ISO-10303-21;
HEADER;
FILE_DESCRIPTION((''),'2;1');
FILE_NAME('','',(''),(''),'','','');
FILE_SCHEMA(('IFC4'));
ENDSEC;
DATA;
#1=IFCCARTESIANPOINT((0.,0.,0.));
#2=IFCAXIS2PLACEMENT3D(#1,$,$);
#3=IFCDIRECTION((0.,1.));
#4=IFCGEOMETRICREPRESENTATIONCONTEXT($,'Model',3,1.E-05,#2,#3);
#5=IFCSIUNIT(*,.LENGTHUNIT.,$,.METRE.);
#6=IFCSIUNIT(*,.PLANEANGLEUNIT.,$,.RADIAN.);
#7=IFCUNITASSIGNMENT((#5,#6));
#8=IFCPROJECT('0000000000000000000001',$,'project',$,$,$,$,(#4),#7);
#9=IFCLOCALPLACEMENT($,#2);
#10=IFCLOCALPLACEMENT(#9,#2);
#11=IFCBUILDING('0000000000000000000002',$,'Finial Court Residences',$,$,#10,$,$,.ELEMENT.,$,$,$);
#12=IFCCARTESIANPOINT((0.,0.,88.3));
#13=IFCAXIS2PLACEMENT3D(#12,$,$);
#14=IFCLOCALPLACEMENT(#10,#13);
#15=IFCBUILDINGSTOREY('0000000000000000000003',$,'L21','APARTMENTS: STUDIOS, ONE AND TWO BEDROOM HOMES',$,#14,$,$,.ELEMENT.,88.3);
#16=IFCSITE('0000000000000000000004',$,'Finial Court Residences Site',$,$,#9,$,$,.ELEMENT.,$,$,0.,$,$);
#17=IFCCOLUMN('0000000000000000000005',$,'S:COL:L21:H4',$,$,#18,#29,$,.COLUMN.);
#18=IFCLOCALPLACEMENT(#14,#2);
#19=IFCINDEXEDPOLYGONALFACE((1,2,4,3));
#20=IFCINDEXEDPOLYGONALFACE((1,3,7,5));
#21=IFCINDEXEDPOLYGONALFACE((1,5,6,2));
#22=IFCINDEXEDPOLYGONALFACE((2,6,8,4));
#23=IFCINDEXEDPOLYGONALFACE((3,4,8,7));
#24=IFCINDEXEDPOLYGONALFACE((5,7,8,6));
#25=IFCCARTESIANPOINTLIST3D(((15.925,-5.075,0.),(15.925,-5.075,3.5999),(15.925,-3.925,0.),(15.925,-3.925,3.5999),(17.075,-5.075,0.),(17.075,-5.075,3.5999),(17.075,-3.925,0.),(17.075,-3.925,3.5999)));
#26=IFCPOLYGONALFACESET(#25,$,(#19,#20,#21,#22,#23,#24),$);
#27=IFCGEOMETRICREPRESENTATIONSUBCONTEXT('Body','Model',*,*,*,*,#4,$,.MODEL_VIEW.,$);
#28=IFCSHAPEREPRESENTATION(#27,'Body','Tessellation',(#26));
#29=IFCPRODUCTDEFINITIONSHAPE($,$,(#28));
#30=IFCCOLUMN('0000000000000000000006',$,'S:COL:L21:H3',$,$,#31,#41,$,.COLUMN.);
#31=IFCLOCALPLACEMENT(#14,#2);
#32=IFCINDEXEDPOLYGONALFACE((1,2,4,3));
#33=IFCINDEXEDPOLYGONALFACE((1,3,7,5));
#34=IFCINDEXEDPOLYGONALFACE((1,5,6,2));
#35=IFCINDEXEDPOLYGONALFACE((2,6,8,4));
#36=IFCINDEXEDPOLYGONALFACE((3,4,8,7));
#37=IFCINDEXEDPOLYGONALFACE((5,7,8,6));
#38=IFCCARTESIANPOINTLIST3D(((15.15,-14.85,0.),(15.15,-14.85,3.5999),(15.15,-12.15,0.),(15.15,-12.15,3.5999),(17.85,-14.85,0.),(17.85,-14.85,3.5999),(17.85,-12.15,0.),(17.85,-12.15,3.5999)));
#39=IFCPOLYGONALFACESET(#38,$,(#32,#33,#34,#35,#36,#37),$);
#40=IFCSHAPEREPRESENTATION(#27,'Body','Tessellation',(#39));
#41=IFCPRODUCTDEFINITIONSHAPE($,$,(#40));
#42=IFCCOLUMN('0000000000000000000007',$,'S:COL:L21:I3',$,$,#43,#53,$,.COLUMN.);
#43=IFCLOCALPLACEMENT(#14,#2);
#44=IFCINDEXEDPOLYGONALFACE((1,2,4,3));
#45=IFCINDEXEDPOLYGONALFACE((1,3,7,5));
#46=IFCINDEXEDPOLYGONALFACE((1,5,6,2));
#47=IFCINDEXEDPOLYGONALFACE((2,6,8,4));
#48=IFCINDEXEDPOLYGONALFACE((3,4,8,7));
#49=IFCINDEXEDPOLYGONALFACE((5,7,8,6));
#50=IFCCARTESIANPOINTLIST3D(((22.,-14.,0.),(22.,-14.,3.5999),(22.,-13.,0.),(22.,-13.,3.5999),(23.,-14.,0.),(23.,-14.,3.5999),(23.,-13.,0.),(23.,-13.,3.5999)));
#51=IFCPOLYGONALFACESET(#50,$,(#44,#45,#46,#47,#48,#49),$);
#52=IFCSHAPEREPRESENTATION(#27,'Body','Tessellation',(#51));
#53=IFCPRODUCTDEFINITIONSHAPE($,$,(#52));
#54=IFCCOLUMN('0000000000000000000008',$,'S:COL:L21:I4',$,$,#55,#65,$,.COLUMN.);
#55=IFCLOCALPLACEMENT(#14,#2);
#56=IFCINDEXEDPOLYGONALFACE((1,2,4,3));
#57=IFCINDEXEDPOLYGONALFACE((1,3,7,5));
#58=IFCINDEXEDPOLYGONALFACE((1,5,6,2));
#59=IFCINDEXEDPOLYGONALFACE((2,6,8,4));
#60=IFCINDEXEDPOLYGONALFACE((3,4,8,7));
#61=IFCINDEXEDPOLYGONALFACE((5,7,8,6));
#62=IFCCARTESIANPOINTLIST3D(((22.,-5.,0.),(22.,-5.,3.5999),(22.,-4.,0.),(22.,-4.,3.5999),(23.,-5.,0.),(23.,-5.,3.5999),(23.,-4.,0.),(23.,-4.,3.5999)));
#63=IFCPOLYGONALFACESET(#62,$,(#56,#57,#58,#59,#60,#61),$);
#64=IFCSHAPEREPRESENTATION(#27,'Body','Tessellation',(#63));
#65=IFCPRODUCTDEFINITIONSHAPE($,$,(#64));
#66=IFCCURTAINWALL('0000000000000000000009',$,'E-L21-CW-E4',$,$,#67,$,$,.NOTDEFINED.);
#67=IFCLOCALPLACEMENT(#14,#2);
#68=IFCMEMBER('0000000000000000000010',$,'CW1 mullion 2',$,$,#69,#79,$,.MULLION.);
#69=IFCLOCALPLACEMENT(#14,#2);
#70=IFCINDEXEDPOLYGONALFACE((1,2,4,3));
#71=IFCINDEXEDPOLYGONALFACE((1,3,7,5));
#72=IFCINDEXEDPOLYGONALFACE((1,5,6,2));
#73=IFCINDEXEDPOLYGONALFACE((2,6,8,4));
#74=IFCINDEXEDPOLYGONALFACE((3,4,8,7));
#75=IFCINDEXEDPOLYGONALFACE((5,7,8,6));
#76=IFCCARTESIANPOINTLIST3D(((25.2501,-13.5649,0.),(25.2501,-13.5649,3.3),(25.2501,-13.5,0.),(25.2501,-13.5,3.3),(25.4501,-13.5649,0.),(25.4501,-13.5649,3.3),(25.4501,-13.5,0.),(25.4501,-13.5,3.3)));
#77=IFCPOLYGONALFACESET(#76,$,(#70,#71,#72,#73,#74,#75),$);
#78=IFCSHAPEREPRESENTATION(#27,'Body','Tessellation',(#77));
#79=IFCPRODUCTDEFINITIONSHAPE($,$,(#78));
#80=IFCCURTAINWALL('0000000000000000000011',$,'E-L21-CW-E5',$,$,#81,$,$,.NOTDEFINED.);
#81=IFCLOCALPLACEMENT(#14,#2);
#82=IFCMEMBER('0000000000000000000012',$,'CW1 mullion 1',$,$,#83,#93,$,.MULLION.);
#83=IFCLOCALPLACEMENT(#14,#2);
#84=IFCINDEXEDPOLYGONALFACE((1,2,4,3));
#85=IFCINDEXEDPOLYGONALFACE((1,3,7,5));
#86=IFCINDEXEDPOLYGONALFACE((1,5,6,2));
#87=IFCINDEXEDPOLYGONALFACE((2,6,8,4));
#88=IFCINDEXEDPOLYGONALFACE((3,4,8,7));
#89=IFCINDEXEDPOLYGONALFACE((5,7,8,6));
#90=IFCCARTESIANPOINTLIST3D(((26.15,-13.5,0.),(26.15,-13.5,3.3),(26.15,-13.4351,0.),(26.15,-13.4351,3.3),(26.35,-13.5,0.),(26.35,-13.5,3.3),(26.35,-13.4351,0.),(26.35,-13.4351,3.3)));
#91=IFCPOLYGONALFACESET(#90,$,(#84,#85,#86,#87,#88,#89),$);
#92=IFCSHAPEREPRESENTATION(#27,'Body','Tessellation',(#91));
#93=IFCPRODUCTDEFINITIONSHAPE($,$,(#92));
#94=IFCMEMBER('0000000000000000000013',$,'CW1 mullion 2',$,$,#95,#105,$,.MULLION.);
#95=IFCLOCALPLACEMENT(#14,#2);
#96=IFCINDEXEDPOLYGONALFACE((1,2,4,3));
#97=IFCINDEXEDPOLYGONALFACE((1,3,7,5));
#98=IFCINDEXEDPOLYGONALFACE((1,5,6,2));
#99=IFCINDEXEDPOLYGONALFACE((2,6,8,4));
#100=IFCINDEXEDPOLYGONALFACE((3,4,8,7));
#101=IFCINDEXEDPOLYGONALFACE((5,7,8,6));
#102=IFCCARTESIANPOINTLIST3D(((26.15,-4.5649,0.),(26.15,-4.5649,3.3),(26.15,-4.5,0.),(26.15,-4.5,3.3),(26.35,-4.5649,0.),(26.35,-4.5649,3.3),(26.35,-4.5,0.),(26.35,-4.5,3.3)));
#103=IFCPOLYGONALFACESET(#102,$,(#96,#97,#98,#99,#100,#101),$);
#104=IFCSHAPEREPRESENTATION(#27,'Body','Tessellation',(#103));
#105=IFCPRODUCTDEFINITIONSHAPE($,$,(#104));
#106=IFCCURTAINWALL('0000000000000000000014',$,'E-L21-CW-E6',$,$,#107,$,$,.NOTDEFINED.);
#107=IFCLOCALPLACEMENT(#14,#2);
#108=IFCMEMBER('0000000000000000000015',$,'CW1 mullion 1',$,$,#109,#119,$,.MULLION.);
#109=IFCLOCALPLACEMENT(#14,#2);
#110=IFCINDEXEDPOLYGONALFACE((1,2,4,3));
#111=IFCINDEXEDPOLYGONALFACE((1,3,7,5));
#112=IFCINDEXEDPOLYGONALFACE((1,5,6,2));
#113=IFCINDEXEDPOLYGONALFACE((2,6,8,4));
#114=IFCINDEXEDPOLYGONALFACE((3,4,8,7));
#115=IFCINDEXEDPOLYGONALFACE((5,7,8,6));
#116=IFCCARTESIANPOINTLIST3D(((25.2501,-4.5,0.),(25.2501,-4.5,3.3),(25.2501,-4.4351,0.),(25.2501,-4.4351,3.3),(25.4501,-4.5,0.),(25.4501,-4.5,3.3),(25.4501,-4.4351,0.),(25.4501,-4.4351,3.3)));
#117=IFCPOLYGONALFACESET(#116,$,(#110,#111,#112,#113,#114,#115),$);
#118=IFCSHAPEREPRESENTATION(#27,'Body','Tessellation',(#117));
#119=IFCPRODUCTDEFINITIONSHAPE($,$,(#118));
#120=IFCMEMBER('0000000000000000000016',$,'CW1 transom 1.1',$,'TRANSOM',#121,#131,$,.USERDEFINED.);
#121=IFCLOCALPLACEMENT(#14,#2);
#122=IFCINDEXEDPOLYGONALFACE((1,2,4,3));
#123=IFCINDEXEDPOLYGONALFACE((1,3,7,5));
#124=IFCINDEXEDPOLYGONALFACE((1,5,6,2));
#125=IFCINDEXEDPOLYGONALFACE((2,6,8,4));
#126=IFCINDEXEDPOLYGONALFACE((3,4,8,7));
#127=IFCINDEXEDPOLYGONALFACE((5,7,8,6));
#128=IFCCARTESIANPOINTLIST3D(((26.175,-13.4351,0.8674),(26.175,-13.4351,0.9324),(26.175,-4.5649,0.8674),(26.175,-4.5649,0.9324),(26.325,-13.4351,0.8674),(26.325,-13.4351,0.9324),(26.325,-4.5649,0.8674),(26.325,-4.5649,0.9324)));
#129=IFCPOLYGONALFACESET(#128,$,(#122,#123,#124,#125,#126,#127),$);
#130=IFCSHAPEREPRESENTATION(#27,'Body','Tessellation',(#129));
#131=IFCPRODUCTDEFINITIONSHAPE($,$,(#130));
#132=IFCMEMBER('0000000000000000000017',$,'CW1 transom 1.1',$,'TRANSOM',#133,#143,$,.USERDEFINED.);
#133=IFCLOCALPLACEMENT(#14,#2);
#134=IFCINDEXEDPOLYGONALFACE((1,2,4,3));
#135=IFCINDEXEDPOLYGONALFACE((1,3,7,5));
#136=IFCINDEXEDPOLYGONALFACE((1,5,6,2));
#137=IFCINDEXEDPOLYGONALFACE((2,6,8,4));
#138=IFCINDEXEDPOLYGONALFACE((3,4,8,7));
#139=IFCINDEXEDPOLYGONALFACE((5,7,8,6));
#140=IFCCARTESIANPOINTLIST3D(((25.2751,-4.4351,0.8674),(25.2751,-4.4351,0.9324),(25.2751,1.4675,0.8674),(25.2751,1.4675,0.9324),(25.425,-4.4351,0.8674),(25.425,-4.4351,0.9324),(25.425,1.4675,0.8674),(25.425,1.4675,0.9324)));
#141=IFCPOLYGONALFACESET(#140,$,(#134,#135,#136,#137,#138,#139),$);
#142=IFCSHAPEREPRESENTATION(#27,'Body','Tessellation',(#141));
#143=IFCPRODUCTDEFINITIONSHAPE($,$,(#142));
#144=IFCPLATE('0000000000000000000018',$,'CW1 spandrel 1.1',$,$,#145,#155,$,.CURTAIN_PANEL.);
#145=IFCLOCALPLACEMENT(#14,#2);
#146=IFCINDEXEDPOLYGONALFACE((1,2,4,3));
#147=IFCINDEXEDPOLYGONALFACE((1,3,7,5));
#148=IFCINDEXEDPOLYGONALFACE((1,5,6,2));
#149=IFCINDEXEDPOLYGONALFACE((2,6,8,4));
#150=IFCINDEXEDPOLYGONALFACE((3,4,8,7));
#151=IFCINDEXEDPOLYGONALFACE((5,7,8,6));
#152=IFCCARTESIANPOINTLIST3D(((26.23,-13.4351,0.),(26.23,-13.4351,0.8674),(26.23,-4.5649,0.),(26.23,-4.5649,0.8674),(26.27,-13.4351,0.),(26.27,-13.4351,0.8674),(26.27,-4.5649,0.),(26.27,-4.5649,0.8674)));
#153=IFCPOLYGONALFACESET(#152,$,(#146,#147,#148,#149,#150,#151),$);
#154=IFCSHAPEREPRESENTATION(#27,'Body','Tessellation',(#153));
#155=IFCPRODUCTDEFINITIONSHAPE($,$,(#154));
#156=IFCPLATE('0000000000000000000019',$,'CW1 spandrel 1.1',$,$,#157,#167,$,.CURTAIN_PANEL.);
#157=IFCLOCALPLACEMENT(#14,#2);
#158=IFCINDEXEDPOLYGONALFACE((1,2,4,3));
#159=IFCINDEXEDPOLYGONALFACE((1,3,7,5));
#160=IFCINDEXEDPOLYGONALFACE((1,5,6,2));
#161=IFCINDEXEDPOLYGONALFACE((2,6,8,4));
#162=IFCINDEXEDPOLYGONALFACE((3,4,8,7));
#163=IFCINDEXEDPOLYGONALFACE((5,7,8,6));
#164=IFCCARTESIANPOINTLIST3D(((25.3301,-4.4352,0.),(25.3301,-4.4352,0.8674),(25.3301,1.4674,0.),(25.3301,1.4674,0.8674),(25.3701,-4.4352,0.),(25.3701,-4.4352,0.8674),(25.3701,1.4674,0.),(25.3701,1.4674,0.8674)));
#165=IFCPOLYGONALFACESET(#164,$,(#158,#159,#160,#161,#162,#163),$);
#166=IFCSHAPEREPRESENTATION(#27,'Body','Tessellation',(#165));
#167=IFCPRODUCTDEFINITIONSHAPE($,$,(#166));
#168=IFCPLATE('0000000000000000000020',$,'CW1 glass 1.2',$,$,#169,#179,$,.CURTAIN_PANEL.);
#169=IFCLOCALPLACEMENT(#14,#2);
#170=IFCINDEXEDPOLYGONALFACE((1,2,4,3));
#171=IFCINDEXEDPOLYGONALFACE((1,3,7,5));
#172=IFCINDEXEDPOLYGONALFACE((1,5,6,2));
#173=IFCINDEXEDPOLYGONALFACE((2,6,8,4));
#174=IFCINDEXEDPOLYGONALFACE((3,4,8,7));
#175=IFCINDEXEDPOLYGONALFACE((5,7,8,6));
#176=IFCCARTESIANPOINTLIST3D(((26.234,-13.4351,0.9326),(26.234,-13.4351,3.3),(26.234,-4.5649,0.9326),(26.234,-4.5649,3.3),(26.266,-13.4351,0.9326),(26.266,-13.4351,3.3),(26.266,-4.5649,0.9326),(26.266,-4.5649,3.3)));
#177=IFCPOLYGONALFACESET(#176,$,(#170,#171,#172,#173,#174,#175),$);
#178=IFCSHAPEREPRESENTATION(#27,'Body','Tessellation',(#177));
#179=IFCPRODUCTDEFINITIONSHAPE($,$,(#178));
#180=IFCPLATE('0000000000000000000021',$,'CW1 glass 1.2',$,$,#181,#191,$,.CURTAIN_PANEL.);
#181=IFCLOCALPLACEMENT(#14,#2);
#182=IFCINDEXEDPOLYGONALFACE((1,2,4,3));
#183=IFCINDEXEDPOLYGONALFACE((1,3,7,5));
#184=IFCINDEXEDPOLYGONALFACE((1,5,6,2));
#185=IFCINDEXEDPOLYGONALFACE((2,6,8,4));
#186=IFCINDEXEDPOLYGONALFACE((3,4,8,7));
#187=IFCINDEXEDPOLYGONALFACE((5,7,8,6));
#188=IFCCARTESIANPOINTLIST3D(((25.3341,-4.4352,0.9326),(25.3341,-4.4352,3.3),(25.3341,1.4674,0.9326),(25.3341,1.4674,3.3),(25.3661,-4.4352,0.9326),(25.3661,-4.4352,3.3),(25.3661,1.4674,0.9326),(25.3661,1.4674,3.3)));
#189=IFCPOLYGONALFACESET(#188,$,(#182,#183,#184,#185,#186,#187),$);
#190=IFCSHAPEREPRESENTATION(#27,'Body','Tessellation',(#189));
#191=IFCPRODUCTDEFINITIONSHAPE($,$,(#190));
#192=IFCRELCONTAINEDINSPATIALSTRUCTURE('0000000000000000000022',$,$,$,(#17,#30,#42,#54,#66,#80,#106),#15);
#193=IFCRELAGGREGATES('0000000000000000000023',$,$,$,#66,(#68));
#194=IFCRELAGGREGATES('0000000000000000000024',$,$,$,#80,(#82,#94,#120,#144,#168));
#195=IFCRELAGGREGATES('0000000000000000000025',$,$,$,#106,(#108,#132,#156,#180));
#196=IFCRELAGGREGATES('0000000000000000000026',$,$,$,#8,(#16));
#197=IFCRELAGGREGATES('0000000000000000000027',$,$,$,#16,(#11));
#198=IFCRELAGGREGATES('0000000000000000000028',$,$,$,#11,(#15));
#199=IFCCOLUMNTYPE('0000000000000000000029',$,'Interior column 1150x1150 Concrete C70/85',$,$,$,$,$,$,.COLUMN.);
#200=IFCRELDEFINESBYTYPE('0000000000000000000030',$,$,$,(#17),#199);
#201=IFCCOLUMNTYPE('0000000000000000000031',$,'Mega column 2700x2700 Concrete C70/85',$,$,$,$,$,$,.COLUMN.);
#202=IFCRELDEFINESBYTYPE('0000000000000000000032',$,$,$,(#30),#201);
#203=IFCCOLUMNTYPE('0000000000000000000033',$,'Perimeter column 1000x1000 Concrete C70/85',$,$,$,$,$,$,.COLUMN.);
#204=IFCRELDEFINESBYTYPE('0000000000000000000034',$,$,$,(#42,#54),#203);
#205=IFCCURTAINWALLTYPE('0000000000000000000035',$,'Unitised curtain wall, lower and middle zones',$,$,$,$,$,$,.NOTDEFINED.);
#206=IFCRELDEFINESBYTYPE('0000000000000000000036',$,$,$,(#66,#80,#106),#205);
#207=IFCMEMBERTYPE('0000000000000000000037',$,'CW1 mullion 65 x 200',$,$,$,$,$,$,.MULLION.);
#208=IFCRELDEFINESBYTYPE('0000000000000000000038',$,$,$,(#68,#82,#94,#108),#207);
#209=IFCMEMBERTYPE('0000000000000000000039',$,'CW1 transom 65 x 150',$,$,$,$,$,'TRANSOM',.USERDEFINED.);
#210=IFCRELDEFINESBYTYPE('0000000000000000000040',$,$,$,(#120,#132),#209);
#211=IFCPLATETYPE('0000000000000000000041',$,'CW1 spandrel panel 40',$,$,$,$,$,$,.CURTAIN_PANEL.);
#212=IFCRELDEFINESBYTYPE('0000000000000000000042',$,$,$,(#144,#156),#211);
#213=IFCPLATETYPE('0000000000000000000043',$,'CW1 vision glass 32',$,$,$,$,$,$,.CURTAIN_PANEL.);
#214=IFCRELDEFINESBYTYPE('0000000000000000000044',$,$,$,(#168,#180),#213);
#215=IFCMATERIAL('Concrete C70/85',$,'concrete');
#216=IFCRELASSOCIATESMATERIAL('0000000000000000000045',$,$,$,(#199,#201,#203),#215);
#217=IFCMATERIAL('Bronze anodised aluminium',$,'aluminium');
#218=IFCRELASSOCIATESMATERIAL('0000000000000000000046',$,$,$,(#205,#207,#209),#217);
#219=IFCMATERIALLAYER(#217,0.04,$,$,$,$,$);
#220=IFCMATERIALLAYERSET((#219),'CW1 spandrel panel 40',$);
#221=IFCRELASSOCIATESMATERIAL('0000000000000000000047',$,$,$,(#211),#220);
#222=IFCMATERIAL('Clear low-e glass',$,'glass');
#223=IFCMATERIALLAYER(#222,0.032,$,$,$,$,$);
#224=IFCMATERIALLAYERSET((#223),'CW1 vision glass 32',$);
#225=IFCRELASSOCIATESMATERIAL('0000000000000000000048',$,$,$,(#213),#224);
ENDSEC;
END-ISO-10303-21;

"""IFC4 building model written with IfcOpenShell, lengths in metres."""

from ifc_helpers import new_model, si_unit, direction, frame, origin, origin_2d, place, context, subcontext, project, spatial, rectangle, extrude, material, layer, layer_set, material_profile, profile_set, type_object, element, aggregate, save


model = new_model("IFC4")

# Units and contexts
model_context = context("Model", 3, precision=1e-05, world=origin(), true_north=direction((0.0, 1.0)))
body_context = subcontext(model_context, "Body", "Model", "MODEL_VIEW")
ifc_project = project(units=[si_unit("LENGTHUNIT", "METRE"), si_unit("PLANEANGLEUNIT", "RADIAN")], contexts=[model_context])

# Site, building, storey
site_placement = place(None, origin())
site = spatial("IfcSite", under=ifc_project, at=site_placement, Name="Finial Court Residences Site", CompositionType="ELEMENT", RefElevation=0.0)
building_placement = place(site_placement, origin())
building = spatial("IfcBuilding", under=site, at=building_placement, Name="Finial Court Residences", CompositionType="ELEMENT")
storey_placement = place(building_placement, frame((0.0, 0.0, 88.3)))
storey = spatial("IfcBuildingStorey", under=building, at=storey_placement, Name="L21", Description="APARTMENTS: STUDIOS, ONE AND TWO BEDROOM HOMES", CompositionType="ELEMENT", Elevation=88.3)

# Columns
ifc_material_1 = material(Name="Concrete C70/85", Category="concrete")
ifc_material_profile_1 = material_profile(ifc_material_1, rectangle(XDim=1.1499, YDim=1.1499, at=origin_2d()), Name="1150x1150")
ifc_profile_set_1 = profile_set([ifc_material_profile_1], Name="Concrete C70/85")
column_type_1 = type_object("IfcColumnType", Name="Interior column 1150x1150 Concrete C70/85", PredefinedType="COLUMN", material=ifc_profile_set_1)
column_1_placement = place(storey_placement, frame((16.5, -4.5, 0.0), z_axis=(0.0, 0.0, 1.0), x_axis=(1.0, 0.0, 0.0)))
element("IfcColumn", 1, at=column_1_placement, inside=storey, type_object=column_type_1, Name="S:COL:L21:H4", PredefinedType="COLUMN", context=body_context, shape_type="SweptSolid", body=[
    extrude(rectangle(XDim=1.1499, YDim=1.1499, at=origin_2d()), origin(), (0.0, 0.0, 1.0), 3.5999),
])
ifc_material_profile_2 = material_profile(ifc_material_1, rectangle(XDim=2.7, YDim=2.7, at=origin_2d()), Name="2700x2700")
ifc_profile_set_2 = profile_set([ifc_material_profile_2], Name="Concrete C70/85")
column_type_2 = type_object("IfcColumnType", Name="Mega column 2700x2700 Concrete C70/85", PredefinedType="COLUMN", material=ifc_profile_set_2)
column_2_placement = place(storey_placement, frame((16.5, -13.5, 0.0), z_axis=(0.0, 0.0, 1.0), x_axis=(1.0, 0.0, 0.0)))
element("IfcColumn", 2, at=column_2_placement, inside=storey, type_object=column_type_2, Name="S:COL:L21:H3", PredefinedType="COLUMN", context=body_context, shape_type="SweptSolid", body=[
    extrude(rectangle(XDim=2.7, YDim=2.7, at=origin_2d()), origin(), (0.0, 0.0, 1.0), 3.5999),
])
ifc_material_profile_3 = material_profile(ifc_material_1, rectangle(XDim=1.0, YDim=1.0, at=origin_2d()), Name="1000x1000")
ifc_profile_set_3 = profile_set([ifc_material_profile_3], Name="Concrete C70/85")
column_type_3 = type_object("IfcColumnType", Name="Perimeter column 1000x1000 Concrete C70/85", PredefinedType="COLUMN", material=ifc_profile_set_3)
for number, where, z_axis, x_axis, name in (
    (3, (22.5, -13.5, 0.0), (0.0, 0.0, 1.0), (1.0, 0.0, 0.0), "S:COL:L21:I3"),
    (4, (22.5, -4.5, 0.0), (0.0, 0.0, 1.0), (1.0, 0.0, 0.0), "S:COL:L21:I4"),
):
    element("IfcColumn", number, at=place(storey_placement, frame(where, z_axis=z_axis, x_axis=x_axis)), inside=storey, type_object=column_type_3, Name=name, PredefinedType="COLUMN", context=body_context, shape_type="SweptSolid", body=[
        extrude(rectangle(XDim=1.0, YDim=1.0, at=origin_2d()), origin(), (0.0, 0.0, 1.0), 3.5999),
    ])

# Curtain wall, member
ifc_material_2 = material(Name="Bronze anodised aluminium", Category="aluminium")
curtain_wall_type = type_object("IfcCurtainWallType", Name="Unitised curtain wall, lower and middle zones", PredefinedType="NOTDEFINED", material=ifc_material_2)
curtain_wall_1_placement = place(storey_placement, origin())
curtain_wall_1 = element("IfcCurtainWall", 5, at=curtain_wall_1_placement, inside=storey, type_object=curtain_wall_type, Name="E-L21-CW-E4", PredefinedType="NOTDEFINED")
ifc_material_profile_4 = material_profile(ifc_material_2, rectangle(XDim=0.2, YDim=0.0649, at=origin_2d()), Name="CW1 mullion 65 x 200")
ifc_profile_set_4 = profile_set([ifc_material_profile_4], Name="Bronze anodised aluminium")
member_type_1 = type_object("IfcMemberType", Name="CW1 mullion 65 x 200", PredefinedType="MULLION", material=ifc_profile_set_4)
member_1_placement = place(storey_placement, frame((25.3501, -13.5325, 0.0), z_axis=(0.0, 0.0, 1.0), x_axis=(-1.0, 0.0, 0.0)))
member_1 = element("IfcMember", 6, at=member_1_placement, type_object=member_type_1, Name="CW1 mullion 2", PredefinedType="MULLION", context=body_context, shape_type="SweptSolid", body=[
    extrude(rectangle(XDim=0.2, YDim=0.0649, at=origin_2d()), origin(), (0.0, 0.0, 1.0), 3.3),
])
aggregate(curtain_wall_1, [member_1])

# Curtain wall, members
curtain_wall_2_placement = place(storey_placement, origin())
curtain_wall_2 = element("IfcCurtainWall", 7, at=curtain_wall_2_placement, inside=storey, type_object=curtain_wall_type, Name="E-L21-CW-E5", PredefinedType="NOTDEFINED")
member_2_placement = place(storey_placement, frame((26.25, -13.4675, 0.0), z_axis=(0.0, 0.0, 1.0), x_axis=(-1.0, 0.0, 0.0)))
member_2 = element("IfcMember", 8, at=member_2_placement, type_object=member_type_1, Name="CW1 mullion 1", PredefinedType="MULLION", context=body_context, shape_type="SweptSolid", body=[
    extrude(rectangle(XDim=0.2, YDim=0.0649, at=origin_2d()), origin(), (0.0, 0.0, 1.0), 3.3),
])
member_3_placement = place(storey_placement, frame((26.25, -4.5325, 0.0), z_axis=(0.0, 0.0, 1.0), x_axis=(-1.0, 0.0, 0.0)))
member_3 = element("IfcMember", 9, at=member_3_placement, type_object=member_type_1, Name="CW1 mullion 2", PredefinedType="MULLION", context=body_context, shape_type="SweptSolid", body=[
    extrude(rectangle(XDim=0.2, YDim=0.0649, at=origin_2d()), origin(), (0.0, 0.0, 1.0), 3.3),
])

# Curtain wall, member
curtain_wall_3_placement = place(storey_placement, origin())
curtain_wall_3 = element("IfcCurtainWall", 10, at=curtain_wall_3_placement, inside=storey, type_object=curtain_wall_type, Name="E-L21-CW-E6", PredefinedType="NOTDEFINED")
member_4_placement = place(storey_placement, frame((25.3501, -4.4675, 0.0), z_axis=(0.0, 0.0, 1.0), x_axis=(-1.0, 0.0, 0.0)))
member_4 = element("IfcMember", 11, at=member_4_placement, type_object=member_type_1, Name="CW1 mullion 1", PredefinedType="MULLION", context=body_context, shape_type="SweptSolid", body=[
    extrude(rectangle(XDim=0.2, YDim=0.0649, at=origin_2d()), origin(), (0.0, 0.0, 1.0), 3.3),
])

# Members
ifc_material_profile_5 = material_profile(ifc_material_2, rectangle(XDim=0.1499, YDim=0.0649, at=origin_2d()), Name="CW1 transom 65 x 150")
ifc_profile_set_5 = profile_set([ifc_material_profile_5], Name="Bronze anodised aluminium")
member_type_2 = type_object("IfcMemberType", Name="CW1 transom 65 x 150", ElementType="TRANSOM", PredefinedType="USERDEFINED", material=ifc_profile_set_5)
member_5_placement = place(storey_placement, frame((26.25, -13.4351, 0.8999), z_axis=(0.0, 1.0, 0.0), x_axis=(-1.0, 0.0, 0.0)))
member_5 = element("IfcMember", 12, at=member_5_placement, type_object=member_type_2, Name="CW1 transom 1.1", ObjectType="TRANSOM", PredefinedType="USERDEFINED", context=body_context, shape_type="SweptSolid", body=[
    extrude(rectangle(XDim=0.1499, YDim=0.0649, at=origin_2d()), origin(), (0.0, 0.0, 1.0), 8.8701),
])
member_6_placement = place(storey_placement, frame((25.3501, -4.4351, 0.8999), z_axis=(0.0, 1.0, 0.0), x_axis=(-1.0, 0.0, 0.0)))
member_6 = element("IfcMember", 13, at=member_6_placement, type_object=member_type_2, Name="CW1 transom 1.1", ObjectType="TRANSOM", PredefinedType="USERDEFINED", context=body_context, shape_type="SweptSolid", body=[
    extrude(rectangle(XDim=0.1499, YDim=0.0649, at=origin_2d()), origin(), (0.0, 0.0, 1.0), 5.9026),
])

# Plates
ifc_layer_1 = layer(ifc_material_2, 0.04)
ifc_layer_set_1 = layer_set([ifc_layer_1], Name="CW1 spandrel panel 40")
plate_type_1 = type_object("IfcPlateType", Name="CW1 spandrel panel 40", PredefinedType="CURTAIN_PANEL", material=ifc_layer_set_1)
plate_1_placement = place(storey_placement, frame((26.25, -9.0, 0.0), z_axis=(0.0, 0.0, 1.0), x_axis=(0.0, 1.0, 0.0)))
plate_1 = element("IfcPlate", 14, at=plate_1_placement, type_object=plate_type_1, Name="CW1 spandrel 1.1", PredefinedType="CURTAIN_PANEL", context=body_context, shape_type="SweptSolid", body=[
    extrude(rectangle(XDim=8.8701, YDim=0.04, at=origin_2d()), origin(), (0.0, 0.0, 1.0), 0.8674),
])
plate_2_placement = place(storey_placement, frame((25.3501, -1.4839, 0.0), z_axis=(0.0, 0.0, 1.0), x_axis=(0.0, 1.0, 0.0)))
plate_2 = element("IfcPlate", 15, at=plate_2_placement, type_object=plate_type_1, Name="CW1 spandrel 1.1", PredefinedType="CURTAIN_PANEL", context=body_context, shape_type="SweptSolid", body=[
    extrude(rectangle(XDim=5.9026, YDim=0.04, at=origin_2d()), origin(), (0.0, 0.0, 1.0), 0.8674),
])
ifc_material_3 = material(Name="Clear low-e glass", Category="glass")
ifc_layer_2 = layer(ifc_material_3, 0.032)
ifc_layer_set_2 = layer_set([ifc_layer_2], Name="CW1 vision glass 32")
plate_type_2 = type_object("IfcPlateType", Name="CW1 vision glass 32", PredefinedType="CURTAIN_PANEL", material=ifc_layer_set_2)
plate_3_placement = place(storey_placement, frame((26.25, -9.0, 0.9326), z_axis=(0.0, 0.0, 1.0), x_axis=(0.0, 1.0, 0.0)))
plate_3 = element("IfcPlate", 16, at=plate_3_placement, type_object=plate_type_2, Name="CW1 glass 1.2", PredefinedType="CURTAIN_PANEL", context=body_context, shape_type="SweptSolid", body=[
    extrude(rectangle(XDim=8.8701, YDim=0.032, at=origin_2d()), origin(), (0.0, 0.0, 1.0), 2.3674),
])
aggregate(curtain_wall_2, [member_2, member_3, member_5, plate_1, plate_3])
plate_4_placement = place(storey_placement, frame((25.3501, -1.4839, 0.9326), z_axis=(0.0, 0.0, 1.0), x_axis=(0.0, 1.0, 0.0)))
plate_4 = element("IfcPlate", 17, at=plate_4_placement, type_object=plate_type_2, Name="CW1 glass 1.2", PredefinedType="CURTAIN_PANEL", context=body_context, shape_type="SweptSolid", body=[
    extrude(rectangle(XDim=5.9026, YDim=0.032, at=origin_2d()), origin(), (0.0, 0.0, 1.0), 2.3674),
])
aggregate(curtain_wall_3, [member_4, member_6, plate_2, plate_4])

save(model, "model.ifc")
